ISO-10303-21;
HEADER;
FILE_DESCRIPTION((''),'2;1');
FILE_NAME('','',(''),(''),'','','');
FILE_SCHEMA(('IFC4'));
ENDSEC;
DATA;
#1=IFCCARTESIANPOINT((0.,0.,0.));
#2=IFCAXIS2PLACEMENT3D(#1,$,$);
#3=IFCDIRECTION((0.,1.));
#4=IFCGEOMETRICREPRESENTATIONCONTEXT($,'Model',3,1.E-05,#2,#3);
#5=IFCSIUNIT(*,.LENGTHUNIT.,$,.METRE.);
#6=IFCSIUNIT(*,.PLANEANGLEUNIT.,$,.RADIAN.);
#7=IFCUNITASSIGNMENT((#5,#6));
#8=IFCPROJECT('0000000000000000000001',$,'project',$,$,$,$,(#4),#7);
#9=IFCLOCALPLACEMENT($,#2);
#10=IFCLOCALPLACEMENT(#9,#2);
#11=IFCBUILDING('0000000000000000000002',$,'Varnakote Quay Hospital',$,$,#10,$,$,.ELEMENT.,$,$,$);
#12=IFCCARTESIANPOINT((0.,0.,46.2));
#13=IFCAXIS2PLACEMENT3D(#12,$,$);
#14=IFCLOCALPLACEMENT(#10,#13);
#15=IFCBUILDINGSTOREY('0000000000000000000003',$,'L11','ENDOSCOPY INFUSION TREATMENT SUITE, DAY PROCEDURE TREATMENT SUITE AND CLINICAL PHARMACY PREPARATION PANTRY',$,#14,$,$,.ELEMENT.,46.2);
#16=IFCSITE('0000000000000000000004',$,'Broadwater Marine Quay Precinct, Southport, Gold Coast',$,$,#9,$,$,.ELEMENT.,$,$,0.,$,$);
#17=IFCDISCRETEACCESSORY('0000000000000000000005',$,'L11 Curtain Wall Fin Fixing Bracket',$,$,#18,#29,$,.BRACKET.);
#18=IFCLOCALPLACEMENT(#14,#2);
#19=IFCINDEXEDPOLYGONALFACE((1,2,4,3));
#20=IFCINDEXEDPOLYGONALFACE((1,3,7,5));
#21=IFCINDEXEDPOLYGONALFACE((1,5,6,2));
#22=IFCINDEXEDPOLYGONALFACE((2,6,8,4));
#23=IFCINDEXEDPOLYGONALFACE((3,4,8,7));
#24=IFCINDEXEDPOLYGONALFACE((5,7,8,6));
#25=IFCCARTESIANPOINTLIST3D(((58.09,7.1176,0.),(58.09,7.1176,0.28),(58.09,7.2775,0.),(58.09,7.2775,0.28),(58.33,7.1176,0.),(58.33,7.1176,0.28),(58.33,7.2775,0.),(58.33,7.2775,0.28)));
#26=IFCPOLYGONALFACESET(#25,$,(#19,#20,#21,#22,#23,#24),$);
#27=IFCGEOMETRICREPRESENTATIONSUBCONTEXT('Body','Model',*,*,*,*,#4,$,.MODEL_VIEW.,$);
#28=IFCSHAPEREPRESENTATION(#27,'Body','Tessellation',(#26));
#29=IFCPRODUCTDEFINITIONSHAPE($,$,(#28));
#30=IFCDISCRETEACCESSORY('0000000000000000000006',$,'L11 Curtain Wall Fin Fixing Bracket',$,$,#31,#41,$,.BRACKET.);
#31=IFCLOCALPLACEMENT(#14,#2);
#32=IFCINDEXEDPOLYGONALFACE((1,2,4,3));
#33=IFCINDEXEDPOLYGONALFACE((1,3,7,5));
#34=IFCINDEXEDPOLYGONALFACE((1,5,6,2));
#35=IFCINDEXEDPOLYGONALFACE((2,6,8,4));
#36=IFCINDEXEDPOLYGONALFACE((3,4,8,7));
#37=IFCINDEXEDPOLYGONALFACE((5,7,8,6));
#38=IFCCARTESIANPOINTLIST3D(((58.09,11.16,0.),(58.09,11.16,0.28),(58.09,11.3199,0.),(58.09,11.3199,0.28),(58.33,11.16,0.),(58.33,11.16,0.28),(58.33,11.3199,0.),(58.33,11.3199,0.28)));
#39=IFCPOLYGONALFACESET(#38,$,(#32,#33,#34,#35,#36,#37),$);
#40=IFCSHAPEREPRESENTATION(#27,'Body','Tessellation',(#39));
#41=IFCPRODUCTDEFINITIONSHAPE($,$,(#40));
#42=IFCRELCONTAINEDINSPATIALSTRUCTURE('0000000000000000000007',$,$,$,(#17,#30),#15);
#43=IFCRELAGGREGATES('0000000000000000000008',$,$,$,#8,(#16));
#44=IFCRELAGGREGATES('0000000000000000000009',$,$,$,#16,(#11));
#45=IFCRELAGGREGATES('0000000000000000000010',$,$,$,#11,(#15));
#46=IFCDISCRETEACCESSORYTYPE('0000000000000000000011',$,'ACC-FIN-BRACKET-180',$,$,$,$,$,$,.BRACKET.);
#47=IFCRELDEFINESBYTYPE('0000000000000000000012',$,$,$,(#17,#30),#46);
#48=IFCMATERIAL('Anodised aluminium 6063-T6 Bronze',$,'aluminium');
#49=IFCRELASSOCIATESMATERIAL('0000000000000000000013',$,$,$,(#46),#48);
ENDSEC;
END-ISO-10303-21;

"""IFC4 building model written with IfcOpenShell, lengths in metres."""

from ifc_helpers import new_model, si_unit, direction, frame, origin, origin_2d, place, context, subcontext, project, spatial, rectangle, extrude, material, type_object, element, save


model = new_model("IFC4")

# Units and contexts
model_context = context("Model", 3, precision=1e-05, world=origin(), true_north=direction((0.0, 1.0)))
body_context = subcontext(model_context, "Body", "Model", "MODEL_VIEW")
ifc_project = project(units=[si_unit("LENGTHUNIT", "METRE"), si_unit("PLANEANGLEUNIT", "RADIAN")], contexts=[model_context])

# Site, building, storey
site_placement = place(None, origin())
site = spatial("IfcSite", under=ifc_project, at=site_placement, Name="Broadwater Marine Quay Precinct, Southport, Gold Coast", CompositionType="ELEMENT", RefElevation=0.0)
building_placement = place(site_placement, origin())
building = spatial("IfcBuilding", under=site, at=building_placement, Name="Varnakote Quay Hospital", CompositionType="ELEMENT")
storey_placement = place(building_placement, frame((0.0, 0.0, 46.2)))
storey = spatial("IfcBuildingStorey", under=building, at=storey_placement, Name="L11", Description="ENDOSCOPY INFUSION TREATMENT SUITE, DAY PROCEDURE TREATMENT SUITE AND CLINICAL PHARMACY PREPARATION PANTRY", CompositionType="ELEMENT", Elevation=46.2)

# Discrete accessories
ifc_material_1 = material(Name="Anodised aluminium 6063-T6 Bronze", Category="aluminium")
discrete_accessory_type = type_object("IfcDiscreteAccessoryType", Name="ACC-FIN-BRACKET-180", PredefinedType="BRACKET", material=ifc_material_1)
for number, where, z_axis, x_axis, name in (
    (1, (58.21, 7.1975, 0.0), (0.0, 0.0, 1.0), (0.0, 1.0, 0.0), "L11 Curtain Wall Fin Fixing Bracket"),
    (2, (58.21, 11.24, 0.0), (0.0, 0.0, 1.0), (0.0, 1.0, 0.0), "L11 Curtain Wall Fin Fixing Bracket"),
):
    element("IfcDiscreteAccessory", number, at=place(storey_placement, frame(where, z_axis=z_axis, x_axis=x_axis)), inside=storey, type_object=discrete_accessory_type, Name=name, PredefinedType="BRACKET", context=body_context, shape_type="SweptSolid", body=[
        extrude(rectangle(XDim=0.1599, YDim=0.24, at=origin_2d()), origin(), (0.0, 0.0, 1.0), 0.28),
    ])

save(model, "model.ifc")
